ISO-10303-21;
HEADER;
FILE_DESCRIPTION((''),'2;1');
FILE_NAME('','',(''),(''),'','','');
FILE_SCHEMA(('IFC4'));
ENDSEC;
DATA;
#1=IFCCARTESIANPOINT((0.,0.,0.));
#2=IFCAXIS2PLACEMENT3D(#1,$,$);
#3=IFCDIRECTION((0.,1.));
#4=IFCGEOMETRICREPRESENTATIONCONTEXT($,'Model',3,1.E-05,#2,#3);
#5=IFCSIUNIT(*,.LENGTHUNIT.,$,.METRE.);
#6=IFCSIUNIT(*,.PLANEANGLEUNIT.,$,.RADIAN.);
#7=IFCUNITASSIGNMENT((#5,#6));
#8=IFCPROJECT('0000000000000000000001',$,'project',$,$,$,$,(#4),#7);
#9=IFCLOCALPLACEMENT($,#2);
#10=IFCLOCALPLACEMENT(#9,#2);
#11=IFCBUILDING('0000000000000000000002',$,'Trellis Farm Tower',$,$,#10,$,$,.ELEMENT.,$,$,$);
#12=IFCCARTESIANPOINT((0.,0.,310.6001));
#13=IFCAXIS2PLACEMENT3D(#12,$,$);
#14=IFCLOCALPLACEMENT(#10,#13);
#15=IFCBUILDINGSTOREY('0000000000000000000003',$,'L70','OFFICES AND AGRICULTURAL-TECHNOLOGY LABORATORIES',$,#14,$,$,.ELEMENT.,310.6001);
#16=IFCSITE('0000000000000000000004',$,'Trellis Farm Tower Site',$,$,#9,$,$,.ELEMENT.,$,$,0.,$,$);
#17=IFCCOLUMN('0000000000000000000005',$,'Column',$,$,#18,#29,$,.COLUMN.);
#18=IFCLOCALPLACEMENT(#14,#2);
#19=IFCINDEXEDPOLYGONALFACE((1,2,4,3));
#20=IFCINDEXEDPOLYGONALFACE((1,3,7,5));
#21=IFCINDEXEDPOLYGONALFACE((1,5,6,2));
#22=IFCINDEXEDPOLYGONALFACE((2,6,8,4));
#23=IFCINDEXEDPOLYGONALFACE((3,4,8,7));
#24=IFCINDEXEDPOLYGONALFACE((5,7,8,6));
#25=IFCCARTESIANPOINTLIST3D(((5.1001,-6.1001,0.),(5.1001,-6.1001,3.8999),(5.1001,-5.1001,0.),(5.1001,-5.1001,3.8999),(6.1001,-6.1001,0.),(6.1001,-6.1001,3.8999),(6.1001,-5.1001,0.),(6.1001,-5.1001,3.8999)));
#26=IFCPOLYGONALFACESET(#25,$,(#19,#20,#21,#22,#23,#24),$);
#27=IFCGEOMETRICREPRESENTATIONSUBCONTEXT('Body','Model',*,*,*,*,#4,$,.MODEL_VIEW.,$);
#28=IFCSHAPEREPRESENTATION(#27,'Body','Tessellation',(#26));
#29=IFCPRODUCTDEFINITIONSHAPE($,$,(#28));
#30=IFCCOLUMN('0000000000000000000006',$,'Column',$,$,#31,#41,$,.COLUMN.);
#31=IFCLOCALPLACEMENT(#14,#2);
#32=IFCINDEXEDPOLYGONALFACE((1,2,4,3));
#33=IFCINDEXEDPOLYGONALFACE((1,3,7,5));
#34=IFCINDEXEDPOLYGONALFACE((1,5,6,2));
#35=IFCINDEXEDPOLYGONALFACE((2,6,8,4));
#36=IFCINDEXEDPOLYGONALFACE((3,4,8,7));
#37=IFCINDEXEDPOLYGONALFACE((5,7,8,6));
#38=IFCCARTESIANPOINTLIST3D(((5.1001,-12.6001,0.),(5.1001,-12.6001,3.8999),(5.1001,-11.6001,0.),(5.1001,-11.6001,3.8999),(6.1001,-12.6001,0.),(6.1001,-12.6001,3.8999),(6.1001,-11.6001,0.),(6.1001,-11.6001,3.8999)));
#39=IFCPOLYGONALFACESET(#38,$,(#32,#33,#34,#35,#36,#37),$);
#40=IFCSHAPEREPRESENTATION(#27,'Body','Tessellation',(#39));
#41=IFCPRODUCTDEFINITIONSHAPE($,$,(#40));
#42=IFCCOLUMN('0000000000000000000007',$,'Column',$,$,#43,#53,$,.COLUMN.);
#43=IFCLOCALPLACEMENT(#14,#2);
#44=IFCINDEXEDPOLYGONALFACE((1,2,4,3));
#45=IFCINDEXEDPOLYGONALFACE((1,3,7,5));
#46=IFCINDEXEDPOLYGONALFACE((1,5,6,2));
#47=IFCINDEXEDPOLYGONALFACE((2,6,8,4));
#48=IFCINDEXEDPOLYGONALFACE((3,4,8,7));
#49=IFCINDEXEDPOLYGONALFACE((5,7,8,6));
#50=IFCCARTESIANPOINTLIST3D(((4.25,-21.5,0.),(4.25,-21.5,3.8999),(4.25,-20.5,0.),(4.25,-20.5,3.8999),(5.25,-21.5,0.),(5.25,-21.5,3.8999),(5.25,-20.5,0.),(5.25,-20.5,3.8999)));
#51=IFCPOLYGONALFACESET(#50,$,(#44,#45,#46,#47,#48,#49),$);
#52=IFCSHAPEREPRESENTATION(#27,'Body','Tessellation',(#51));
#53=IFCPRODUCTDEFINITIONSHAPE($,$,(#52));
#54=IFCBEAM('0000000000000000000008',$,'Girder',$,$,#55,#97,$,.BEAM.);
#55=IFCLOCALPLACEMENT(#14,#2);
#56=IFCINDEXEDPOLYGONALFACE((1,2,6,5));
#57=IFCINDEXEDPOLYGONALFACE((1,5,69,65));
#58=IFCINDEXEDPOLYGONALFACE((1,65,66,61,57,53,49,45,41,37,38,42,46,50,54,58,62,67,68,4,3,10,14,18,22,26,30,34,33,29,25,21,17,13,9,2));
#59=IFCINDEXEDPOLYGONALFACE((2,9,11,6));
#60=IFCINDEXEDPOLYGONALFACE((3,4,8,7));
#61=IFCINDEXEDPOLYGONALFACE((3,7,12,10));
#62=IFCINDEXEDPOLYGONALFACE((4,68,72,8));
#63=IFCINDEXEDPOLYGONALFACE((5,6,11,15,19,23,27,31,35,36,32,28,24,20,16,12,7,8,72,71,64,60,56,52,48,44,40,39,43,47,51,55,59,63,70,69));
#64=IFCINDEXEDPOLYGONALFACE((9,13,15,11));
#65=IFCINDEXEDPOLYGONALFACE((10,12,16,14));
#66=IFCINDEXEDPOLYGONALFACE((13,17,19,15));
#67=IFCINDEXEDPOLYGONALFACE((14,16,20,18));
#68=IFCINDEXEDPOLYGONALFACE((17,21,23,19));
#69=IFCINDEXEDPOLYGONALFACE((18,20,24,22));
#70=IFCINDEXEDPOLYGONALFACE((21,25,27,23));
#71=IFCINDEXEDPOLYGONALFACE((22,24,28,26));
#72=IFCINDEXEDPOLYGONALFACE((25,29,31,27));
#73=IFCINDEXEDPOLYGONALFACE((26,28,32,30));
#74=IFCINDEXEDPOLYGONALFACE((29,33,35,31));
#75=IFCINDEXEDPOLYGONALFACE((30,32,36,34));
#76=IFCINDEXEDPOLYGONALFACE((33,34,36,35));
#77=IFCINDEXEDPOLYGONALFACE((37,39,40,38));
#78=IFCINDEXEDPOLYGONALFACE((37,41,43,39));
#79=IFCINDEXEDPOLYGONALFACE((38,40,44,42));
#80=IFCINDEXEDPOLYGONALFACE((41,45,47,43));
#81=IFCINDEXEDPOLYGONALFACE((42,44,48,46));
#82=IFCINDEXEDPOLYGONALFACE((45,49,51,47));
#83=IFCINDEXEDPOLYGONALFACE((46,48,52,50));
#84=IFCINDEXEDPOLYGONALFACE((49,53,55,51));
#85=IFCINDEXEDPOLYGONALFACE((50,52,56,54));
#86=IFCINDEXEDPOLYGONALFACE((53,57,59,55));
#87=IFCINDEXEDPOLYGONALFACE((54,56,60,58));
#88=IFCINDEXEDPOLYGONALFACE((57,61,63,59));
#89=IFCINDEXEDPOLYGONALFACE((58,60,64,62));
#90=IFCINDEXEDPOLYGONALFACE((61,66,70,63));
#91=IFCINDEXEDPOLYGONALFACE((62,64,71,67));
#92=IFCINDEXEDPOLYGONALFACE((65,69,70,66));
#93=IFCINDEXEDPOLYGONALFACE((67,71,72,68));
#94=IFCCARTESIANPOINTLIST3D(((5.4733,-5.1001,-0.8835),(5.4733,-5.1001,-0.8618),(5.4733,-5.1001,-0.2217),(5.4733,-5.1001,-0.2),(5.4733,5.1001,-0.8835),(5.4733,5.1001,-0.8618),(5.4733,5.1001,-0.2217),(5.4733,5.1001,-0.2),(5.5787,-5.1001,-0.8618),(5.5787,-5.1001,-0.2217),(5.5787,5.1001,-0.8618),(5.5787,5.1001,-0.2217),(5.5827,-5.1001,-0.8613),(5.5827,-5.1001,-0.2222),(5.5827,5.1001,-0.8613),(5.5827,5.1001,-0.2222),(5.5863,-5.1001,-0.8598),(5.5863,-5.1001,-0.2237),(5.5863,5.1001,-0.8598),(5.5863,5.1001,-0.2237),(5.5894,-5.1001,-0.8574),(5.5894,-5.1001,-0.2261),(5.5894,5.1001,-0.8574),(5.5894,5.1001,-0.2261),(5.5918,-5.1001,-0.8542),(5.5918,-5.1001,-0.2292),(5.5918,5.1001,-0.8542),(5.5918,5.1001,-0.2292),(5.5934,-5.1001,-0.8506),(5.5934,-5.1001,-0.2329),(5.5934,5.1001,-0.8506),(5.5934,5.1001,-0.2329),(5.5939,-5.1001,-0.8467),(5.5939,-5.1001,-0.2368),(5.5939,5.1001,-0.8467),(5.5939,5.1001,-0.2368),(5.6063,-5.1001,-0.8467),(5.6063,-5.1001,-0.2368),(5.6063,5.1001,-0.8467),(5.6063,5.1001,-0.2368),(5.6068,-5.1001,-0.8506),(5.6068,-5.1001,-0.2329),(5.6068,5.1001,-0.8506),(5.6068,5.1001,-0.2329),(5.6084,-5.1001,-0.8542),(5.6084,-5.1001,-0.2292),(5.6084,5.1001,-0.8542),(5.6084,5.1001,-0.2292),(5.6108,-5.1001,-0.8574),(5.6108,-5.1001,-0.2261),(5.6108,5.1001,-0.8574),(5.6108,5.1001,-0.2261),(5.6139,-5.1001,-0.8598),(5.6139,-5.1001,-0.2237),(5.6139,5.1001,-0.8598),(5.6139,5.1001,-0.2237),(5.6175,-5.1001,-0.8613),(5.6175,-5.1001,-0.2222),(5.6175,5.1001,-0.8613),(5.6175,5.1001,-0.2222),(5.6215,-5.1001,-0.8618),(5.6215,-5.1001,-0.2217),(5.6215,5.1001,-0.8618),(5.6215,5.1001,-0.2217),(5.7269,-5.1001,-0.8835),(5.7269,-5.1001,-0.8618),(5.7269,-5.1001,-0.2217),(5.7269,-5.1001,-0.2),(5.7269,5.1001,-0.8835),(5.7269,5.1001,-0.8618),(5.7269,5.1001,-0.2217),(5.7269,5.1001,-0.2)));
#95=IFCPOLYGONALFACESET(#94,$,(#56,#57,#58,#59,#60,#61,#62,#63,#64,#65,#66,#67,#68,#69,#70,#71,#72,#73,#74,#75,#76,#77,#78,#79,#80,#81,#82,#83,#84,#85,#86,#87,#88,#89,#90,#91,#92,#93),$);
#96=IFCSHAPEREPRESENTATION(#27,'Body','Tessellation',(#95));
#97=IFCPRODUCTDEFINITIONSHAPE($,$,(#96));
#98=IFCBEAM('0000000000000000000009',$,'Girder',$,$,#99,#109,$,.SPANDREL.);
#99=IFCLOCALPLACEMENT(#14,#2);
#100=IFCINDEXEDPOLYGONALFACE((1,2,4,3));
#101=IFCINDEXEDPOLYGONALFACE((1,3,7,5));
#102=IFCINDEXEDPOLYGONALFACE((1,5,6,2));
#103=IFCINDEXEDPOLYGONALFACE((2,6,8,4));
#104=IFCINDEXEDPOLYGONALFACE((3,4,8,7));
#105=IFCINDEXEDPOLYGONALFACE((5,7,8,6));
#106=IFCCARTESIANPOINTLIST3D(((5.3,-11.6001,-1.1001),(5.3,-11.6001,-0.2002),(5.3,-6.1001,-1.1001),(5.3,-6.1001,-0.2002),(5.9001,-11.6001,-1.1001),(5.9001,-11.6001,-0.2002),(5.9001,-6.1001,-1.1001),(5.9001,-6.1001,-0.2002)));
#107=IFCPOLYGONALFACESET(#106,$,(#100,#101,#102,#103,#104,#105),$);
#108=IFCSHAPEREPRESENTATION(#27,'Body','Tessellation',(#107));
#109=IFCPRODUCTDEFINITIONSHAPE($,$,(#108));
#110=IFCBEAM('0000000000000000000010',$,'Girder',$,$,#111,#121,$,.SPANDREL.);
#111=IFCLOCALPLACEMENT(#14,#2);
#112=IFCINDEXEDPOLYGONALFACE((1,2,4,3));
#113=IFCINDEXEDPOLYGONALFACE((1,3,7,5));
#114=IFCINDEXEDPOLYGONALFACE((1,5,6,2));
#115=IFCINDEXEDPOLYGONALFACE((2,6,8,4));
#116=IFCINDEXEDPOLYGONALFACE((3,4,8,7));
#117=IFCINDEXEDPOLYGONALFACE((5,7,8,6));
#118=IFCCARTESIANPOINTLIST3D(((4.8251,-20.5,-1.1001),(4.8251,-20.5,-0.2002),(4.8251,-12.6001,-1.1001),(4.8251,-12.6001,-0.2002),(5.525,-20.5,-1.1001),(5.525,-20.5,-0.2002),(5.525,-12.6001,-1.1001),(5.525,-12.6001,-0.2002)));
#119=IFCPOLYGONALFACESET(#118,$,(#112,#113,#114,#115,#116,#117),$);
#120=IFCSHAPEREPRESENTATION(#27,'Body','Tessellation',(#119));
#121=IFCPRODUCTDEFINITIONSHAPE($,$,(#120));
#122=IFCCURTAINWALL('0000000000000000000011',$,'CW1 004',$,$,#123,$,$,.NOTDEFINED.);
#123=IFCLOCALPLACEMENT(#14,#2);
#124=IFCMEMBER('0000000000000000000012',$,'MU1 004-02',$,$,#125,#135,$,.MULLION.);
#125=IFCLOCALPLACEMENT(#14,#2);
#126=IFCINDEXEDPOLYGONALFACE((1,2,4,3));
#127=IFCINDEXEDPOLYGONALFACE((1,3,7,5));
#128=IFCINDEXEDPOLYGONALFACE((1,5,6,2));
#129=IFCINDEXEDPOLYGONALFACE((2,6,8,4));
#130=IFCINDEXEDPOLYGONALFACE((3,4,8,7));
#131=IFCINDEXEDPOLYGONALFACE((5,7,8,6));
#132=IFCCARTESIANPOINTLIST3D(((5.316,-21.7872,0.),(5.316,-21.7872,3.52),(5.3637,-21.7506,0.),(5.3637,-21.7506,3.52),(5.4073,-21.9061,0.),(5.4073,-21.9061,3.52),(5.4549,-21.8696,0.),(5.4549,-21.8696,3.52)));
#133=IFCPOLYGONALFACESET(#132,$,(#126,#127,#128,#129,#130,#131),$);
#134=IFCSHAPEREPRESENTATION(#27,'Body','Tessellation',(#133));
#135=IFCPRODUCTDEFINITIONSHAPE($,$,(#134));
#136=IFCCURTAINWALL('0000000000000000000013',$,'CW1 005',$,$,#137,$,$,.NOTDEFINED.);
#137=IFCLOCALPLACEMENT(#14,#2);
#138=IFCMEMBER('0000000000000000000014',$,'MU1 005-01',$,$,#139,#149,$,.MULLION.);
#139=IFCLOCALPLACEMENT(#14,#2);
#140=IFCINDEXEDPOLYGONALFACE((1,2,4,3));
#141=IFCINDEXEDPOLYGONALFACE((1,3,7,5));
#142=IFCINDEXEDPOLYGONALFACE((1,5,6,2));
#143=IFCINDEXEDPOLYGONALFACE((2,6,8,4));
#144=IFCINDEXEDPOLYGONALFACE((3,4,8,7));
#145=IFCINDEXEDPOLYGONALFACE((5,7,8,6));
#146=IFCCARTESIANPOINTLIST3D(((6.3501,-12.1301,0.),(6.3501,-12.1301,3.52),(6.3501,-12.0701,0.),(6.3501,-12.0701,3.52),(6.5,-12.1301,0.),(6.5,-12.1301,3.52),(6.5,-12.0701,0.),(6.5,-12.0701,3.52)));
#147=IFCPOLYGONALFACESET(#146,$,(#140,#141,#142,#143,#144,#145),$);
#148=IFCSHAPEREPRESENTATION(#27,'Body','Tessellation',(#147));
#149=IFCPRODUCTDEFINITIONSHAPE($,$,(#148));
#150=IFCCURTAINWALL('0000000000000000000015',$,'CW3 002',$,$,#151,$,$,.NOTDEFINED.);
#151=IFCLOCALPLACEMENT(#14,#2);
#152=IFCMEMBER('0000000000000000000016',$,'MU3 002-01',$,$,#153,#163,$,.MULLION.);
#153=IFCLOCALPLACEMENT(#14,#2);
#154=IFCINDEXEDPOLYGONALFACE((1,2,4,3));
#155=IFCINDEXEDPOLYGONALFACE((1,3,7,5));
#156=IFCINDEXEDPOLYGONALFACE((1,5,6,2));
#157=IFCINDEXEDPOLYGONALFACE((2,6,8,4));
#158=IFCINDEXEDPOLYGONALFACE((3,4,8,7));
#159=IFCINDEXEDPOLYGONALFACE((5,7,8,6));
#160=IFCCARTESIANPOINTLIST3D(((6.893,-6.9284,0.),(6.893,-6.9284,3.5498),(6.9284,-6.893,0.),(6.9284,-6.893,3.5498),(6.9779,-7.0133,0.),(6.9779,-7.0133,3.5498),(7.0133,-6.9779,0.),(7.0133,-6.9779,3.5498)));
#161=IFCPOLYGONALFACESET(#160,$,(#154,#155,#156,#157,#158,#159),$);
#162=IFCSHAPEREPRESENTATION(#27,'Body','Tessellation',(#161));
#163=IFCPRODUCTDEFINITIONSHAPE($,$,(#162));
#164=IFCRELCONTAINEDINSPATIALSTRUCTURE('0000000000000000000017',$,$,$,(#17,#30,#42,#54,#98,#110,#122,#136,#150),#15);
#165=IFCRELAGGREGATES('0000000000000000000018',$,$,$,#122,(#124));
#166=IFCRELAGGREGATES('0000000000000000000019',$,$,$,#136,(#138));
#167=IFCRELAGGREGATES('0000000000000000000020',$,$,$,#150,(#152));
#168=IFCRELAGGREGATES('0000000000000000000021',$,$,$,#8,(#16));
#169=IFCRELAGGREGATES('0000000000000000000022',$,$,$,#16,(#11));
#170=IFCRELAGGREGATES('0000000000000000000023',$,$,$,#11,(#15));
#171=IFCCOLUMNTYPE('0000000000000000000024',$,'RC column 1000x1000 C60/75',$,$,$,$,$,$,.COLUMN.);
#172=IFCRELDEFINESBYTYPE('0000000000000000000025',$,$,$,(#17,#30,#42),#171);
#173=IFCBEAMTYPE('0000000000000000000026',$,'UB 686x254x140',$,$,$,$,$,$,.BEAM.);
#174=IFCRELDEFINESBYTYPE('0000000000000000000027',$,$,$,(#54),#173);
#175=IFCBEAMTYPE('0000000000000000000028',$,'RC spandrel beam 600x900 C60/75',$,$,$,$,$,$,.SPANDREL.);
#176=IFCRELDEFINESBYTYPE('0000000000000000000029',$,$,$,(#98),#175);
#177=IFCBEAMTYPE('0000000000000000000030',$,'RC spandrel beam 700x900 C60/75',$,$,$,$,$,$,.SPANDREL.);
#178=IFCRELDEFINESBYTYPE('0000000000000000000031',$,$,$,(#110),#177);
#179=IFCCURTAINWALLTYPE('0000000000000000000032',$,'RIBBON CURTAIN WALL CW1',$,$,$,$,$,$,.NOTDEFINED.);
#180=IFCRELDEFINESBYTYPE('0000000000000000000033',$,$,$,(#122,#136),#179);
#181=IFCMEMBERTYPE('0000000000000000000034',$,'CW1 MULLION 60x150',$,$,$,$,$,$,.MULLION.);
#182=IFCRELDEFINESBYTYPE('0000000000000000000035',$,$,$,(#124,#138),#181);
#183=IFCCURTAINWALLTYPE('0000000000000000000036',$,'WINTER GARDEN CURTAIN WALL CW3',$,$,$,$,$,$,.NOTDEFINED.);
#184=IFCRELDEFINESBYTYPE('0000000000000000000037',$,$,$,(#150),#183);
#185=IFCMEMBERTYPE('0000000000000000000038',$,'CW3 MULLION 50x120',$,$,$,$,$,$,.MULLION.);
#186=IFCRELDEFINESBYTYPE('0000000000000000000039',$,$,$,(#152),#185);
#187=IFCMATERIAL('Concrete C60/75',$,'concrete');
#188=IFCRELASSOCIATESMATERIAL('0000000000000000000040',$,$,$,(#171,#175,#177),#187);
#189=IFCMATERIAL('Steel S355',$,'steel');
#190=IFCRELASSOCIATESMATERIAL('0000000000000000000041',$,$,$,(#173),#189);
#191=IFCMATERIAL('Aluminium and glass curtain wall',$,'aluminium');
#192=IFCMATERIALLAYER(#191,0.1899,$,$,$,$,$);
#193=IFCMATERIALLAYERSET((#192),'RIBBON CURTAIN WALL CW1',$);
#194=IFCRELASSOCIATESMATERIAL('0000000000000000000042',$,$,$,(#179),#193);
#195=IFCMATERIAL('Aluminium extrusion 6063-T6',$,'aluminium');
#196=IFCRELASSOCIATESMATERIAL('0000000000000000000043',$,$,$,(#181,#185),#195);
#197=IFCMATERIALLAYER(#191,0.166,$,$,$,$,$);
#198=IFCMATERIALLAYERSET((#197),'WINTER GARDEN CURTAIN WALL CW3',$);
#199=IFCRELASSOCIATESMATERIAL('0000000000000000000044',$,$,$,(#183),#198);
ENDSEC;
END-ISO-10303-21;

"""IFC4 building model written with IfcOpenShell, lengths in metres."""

from ifc_helpers import new_model, si_unit, direction, frame, origin, origin_2d, place, context, subcontext, project, spatial, rectangle, i_section, extrude, source, transform, mapped, material, layer, layer_set, material_profile, profile_set, type_object, element, aggregate, save


model = new_model("IFC4")

# Units and contexts
model_context = context("Model", 3, precision=1e-05, world=origin(), true_north=direction((0.0, 1.0)))
body_context = subcontext(model_context, "Body", "Model", "MODEL_VIEW")
ifc_project = project(units=[si_unit("LENGTHUNIT", "METRE"), si_unit("PLANEANGLEUNIT", "RADIAN")], contexts=[model_context])

# Site, building, storey
site_placement = place(None, origin())
site = spatial("IfcSite", under=ifc_project, at=site_placement, Name="Trellis Farm Tower Site", CompositionType="ELEMENT", RefElevation=0.0)
building_placement = place(site_placement, origin())
building = spatial("IfcBuilding", under=site, at=building_placement, Name="Trellis Farm Tower", CompositionType="ELEMENT")
storey_placement = place(building_placement, frame((0.0, 0.0, 310.6001)))
storey = spatial("IfcBuildingStorey", under=building, at=storey_placement, Name="L70", Description="OFFICES AND AGRICULTURAL-TECHNOLOGY LABORATORIES", CompositionType="ELEMENT", Elevation=310.6001)

# Columns
ifc_material_1 = material(Name="Concrete C60/75", Category="concrete")
ifc_material_profile_1 = material_profile(ifc_material_1, rectangle(XDim=1.0, YDim=1.0, at=origin_2d()), Name="RC column 1000x1000 C60/75")
ifc_profile_set_1 = profile_set([ifc_material_profile_1], Name="Concrete C60/75")
column_type = type_object("IfcColumnType", Name="RC column 1000x1000 C60/75", PredefinedType="COLUMN", material=ifc_profile_set_1)
shared_shape_1 = source(origin(), body_context, "Body", "SweptSolid", [
    extrude(rectangle(XDim=1.0, YDim=1.0, at=origin_2d()), origin(), (0.0, 0.0, 1.0), 3.8999),
])
for number, where, z_axis, x_axis, name in (
    (1, (5.6001, -5.6001, 0.0), (0.0, 0.0, 1.0), (1.0, 0.0, 0.0), "Column"),
    (2, (5.6001, -12.1001, 0.0), (0.0, 0.0, 1.0), (1.0, 0.0, 0.0), "Column"),
    (3, (4.75, -21.0, 0.0), (0.0, 0.0, 1.0), (1.0, 0.0, 0.0), "Column"),
):
    element("IfcColumn", number, at=place(storey_placement, frame(where, z_axis=z_axis, x_axis=x_axis)), inside=storey, type_object=column_type, Name=name, PredefinedType="COLUMN", context=body_context, shape_type="MappedRepresentation", body=[
        mapped(shared_shape_1, transform((0.0, 0.0, 0.0))),
    ])

# Beams
ifc_material_2 = material(Name="Steel S355", Category="steel")
ifc_material_profile_2 = material_profile(ifc_material_2, i_section(OverallWidth=0.2537, OverallDepth=0.6836, WebThickness=0.0125, FlangeThickness=0.0217, FilletRadius=0.0151, at=origin_2d()), Name="UB 686x254x140")
ifc_profile_set_2 = profile_set([ifc_material_profile_2], Name="Steel S355")
beam_type_1 = type_object("IfcBeamType", Name="UB 686x254x140", PredefinedType="BEAM", material=ifc_profile_set_2)
shared_shape_2 = source(origin(), body_context, "Body", "SweptSolid", [
    extrude(i_section(OverallWidth=0.2537, OverallDepth=0.6836, WebThickness=0.0125, FlangeThickness=0.0217, FilletRadius=0.0151, at=origin_2d()), origin(), (0.0, 0.0, 1.0), 10.2002),
])
beam_1_placement = place(storey_placement, frame((5.6001, -5.1001, -0.5417), z_axis=(0.0, 1.0, 0.0), x_axis=(-1.0, 0.0, 0.0)))
element("IfcBeam", 4, at=beam_1_placement, inside=storey, type_object=beam_type_1, Name="Girder", PredefinedType="BEAM", context=body_context, shape_type="MappedRepresentation", body=[
    mapped(shared_shape_2, transform((0.0, 0.0, 0.0))),
])
ifc_material_profile_3 = material_profile(ifc_material_1, rectangle(XDim=0.6001, YDim=0.8999, at=origin_2d()), Name="RC spandrel beam 600x900 C60/75")
ifc_profile_set_3 = profile_set([ifc_material_profile_3], Name="Concrete C60/75")
beam_type_2 = type_object("IfcBeamType", Name="RC spandrel beam 600x900 C60/75", PredefinedType="SPANDREL", material=ifc_profile_set_3)
shared_shape_3 = source(origin(), body_context, "Body", "SweptSolid", [
    extrude(rectangle(XDim=0.6001, YDim=0.8999, at=origin_2d()), origin(), (0.0, 0.0, 1.0), 5.5),
])
beam_2_placement = place(storey_placement, frame((5.6001, -11.6001, -0.6501), z_axis=(0.0, 1.0, 0.0), x_axis=(-1.0, 0.0, 0.0)))
element("IfcBeam", 5, at=beam_2_placement, inside=storey, type_object=beam_type_2, Name="Girder", PredefinedType="SPANDREL", context=body_context, shape_type="MappedRepresentation", body=[
    mapped(shared_shape_3, transform((0.0, 0.0, 0.0))),
])
ifc_material_profile_4 = material_profile(ifc_material_1, rectangle(XDim=0.7, YDim=0.8999, at=origin_2d()), Name="RC spandrel beam 700x900 C60/75")
ifc_profile_set_4 = profile_set([ifc_material_profile_4], Name="Concrete C60/75")
beam_type_3 = type_object("IfcBeamType", Name="RC spandrel beam 700x900 C60/75", PredefinedType="SPANDREL", material=ifc_profile_set_4)
shared_shape_4 = source(origin(), body_context, "Body", "SweptSolid", [
    extrude(rectangle(XDim=0.7, YDim=0.8999, at=origin_2d()), origin(), (0.0, 0.0, 1.0), 7.8999),
])
beam_3_placement = place(storey_placement, frame((5.175, -20.5, -0.6501), z_axis=(0.0, 1.0, 0.0), x_axis=(-1.0, 0.0, 0.0)))
element("IfcBeam", 6, at=beam_3_placement, inside=storey, type_object=beam_type_3, Name="Girder", PredefinedType="SPANDREL", context=body_context, shape_type="MappedRepresentation", body=[
    mapped(shared_shape_4, transform((0.0, 0.0, 0.0))),
])

# Curtain walls, members
ifc_material_3 = material(Name="Aluminium and glass curtain wall", Category="aluminium")
ifc_layer_1 = layer(ifc_material_3, 0.1899)
ifc_layer_set_1 = layer_set([ifc_layer_1], Name="RIBBON CURTAIN WALL CW1")
curtain_wall_type_1 = type_object("IfcCurtainWallType", Name="RIBBON CURTAIN WALL CW1", PredefinedType="NOTDEFINED", material=ifc_layer_set_1)
placement = place(storey_placement, origin())
curtain_wall_1 = element("IfcCurtainWall", 7, at=placement, inside=storey, type_object=curtain_wall_type_1, Name="CW1 004", PredefinedType="NOTDEFINED")
ifc_material_4 = material(Name="Aluminium extrusion 6063-T6", Category="aluminium")
ifc_material_profile_5 = material_profile(ifc_material_4, rectangle(XDim=0.0601, YDim=0.1499, at=origin_2d()), Name="MULLION 60x150")
ifc_profile_set_5 = profile_set([ifc_material_profile_5], Name="Aluminium extrusion 6063-T6")
member_type_1 = type_object("IfcMemberType", Name="CW1 MULLION 60x150", PredefinedType="MULLION", material=ifc_profile_set_5)
shared_shape_5 = source(origin(), body_context, "Body", "SweptSolid", [
    extrude(rectangle(XDim=0.0601, YDim=0.1499, at=origin_2d()), origin(), (0.0, 0.0, 1.0), 3.52),
])
member_1_placement = place(storey_placement, frame((5.3855, -21.8284, 0.0), z_axis=(0.0, 0.0, 1.0), x_axis=(0.793353, 0.608761, 0.0)))
member_1 = element("IfcMember", 8, at=member_1_placement, type_object=member_type_1, Name="MU1 004-02", PredefinedType="MULLION", context=body_context, shape_type="MappedRepresentation", body=[
    mapped(shared_shape_5, transform((0.0, 0.0, 0.0))),
])
aggregate(curtain_wall_1, [member_1])
curtain_wall_2 = element("IfcCurtainWall", 9, at=placement, inside=storey, type_object=curtain_wall_type_1, Name="CW1 005", PredefinedType="NOTDEFINED")
member_2_placement = place(storey_placement, frame((6.425, -12.1001, 0.0), z_axis=(0.0, 0.0, 1.0), x_axis=(0.0, 1.0, 0.0)))
member_2 = element("IfcMember", 10, at=member_2_placement, type_object=member_type_1, Name="MU1 005-01", PredefinedType="MULLION", context=body_context, shape_type="MappedRepresentation", body=[
    mapped(shared_shape_5, transform((0.0, 0.0, 0.0))),
])
aggregate(curtain_wall_2, [member_2])
ifc_layer_2 = layer(ifc_material_3, 0.166)
ifc_layer_set_2 = layer_set([ifc_layer_2], Name="WINTER GARDEN CURTAIN WALL CW3")
curtain_wall_type_2 = type_object("IfcCurtainWallType", Name="WINTER GARDEN CURTAIN WALL CW3", PredefinedType="NOTDEFINED", material=ifc_layer_set_2)
curtain_wall_3 = element("IfcCurtainWall", 11, at=placement, inside=storey, type_object=curtain_wall_type_2, Name="CW3 002", PredefinedType="NOTDEFINED")
ifc_material_profile_6 = material_profile(ifc_material_4, rectangle(XDim=0.05, YDim=0.1201, at=origin_2d()), Name="MULLION 50x120")
ifc_profile_set_6 = profile_set([ifc_material_profile_6], Name="Aluminium extrusion 6063-T6")
member_type_2 = type_object("IfcMemberType", Name="CW3 MULLION 50x120", PredefinedType="MULLION", material=ifc_profile_set_6)
shared_shape_6 = source(origin(), body_context, "Body", "SweptSolid", [
    extrude(rectangle(XDim=0.05, YDim=0.1201, at=origin_2d()), origin(), (0.0, 0.0, 1.0), 3.5498),
])
member_3_placement = place(storey_placement, frame((6.9531, -6.9531, 0.0), z_axis=(0.0, 0.0, 1.0), x_axis=(0.707107, 0.707107, 0.0)))
member_3 = element("IfcMember", 12, at=member_3_placement, type_object=member_type_2, Name="MU3 002-01", PredefinedType="MULLION", context=body_context, shape_type="MappedRepresentation", body=[
    mapped(shared_shape_6, transform((0.0, 0.0, 0.0))),
])
aggregate(curtain_wall_3, [member_3])

save(model, "model.ifc")
